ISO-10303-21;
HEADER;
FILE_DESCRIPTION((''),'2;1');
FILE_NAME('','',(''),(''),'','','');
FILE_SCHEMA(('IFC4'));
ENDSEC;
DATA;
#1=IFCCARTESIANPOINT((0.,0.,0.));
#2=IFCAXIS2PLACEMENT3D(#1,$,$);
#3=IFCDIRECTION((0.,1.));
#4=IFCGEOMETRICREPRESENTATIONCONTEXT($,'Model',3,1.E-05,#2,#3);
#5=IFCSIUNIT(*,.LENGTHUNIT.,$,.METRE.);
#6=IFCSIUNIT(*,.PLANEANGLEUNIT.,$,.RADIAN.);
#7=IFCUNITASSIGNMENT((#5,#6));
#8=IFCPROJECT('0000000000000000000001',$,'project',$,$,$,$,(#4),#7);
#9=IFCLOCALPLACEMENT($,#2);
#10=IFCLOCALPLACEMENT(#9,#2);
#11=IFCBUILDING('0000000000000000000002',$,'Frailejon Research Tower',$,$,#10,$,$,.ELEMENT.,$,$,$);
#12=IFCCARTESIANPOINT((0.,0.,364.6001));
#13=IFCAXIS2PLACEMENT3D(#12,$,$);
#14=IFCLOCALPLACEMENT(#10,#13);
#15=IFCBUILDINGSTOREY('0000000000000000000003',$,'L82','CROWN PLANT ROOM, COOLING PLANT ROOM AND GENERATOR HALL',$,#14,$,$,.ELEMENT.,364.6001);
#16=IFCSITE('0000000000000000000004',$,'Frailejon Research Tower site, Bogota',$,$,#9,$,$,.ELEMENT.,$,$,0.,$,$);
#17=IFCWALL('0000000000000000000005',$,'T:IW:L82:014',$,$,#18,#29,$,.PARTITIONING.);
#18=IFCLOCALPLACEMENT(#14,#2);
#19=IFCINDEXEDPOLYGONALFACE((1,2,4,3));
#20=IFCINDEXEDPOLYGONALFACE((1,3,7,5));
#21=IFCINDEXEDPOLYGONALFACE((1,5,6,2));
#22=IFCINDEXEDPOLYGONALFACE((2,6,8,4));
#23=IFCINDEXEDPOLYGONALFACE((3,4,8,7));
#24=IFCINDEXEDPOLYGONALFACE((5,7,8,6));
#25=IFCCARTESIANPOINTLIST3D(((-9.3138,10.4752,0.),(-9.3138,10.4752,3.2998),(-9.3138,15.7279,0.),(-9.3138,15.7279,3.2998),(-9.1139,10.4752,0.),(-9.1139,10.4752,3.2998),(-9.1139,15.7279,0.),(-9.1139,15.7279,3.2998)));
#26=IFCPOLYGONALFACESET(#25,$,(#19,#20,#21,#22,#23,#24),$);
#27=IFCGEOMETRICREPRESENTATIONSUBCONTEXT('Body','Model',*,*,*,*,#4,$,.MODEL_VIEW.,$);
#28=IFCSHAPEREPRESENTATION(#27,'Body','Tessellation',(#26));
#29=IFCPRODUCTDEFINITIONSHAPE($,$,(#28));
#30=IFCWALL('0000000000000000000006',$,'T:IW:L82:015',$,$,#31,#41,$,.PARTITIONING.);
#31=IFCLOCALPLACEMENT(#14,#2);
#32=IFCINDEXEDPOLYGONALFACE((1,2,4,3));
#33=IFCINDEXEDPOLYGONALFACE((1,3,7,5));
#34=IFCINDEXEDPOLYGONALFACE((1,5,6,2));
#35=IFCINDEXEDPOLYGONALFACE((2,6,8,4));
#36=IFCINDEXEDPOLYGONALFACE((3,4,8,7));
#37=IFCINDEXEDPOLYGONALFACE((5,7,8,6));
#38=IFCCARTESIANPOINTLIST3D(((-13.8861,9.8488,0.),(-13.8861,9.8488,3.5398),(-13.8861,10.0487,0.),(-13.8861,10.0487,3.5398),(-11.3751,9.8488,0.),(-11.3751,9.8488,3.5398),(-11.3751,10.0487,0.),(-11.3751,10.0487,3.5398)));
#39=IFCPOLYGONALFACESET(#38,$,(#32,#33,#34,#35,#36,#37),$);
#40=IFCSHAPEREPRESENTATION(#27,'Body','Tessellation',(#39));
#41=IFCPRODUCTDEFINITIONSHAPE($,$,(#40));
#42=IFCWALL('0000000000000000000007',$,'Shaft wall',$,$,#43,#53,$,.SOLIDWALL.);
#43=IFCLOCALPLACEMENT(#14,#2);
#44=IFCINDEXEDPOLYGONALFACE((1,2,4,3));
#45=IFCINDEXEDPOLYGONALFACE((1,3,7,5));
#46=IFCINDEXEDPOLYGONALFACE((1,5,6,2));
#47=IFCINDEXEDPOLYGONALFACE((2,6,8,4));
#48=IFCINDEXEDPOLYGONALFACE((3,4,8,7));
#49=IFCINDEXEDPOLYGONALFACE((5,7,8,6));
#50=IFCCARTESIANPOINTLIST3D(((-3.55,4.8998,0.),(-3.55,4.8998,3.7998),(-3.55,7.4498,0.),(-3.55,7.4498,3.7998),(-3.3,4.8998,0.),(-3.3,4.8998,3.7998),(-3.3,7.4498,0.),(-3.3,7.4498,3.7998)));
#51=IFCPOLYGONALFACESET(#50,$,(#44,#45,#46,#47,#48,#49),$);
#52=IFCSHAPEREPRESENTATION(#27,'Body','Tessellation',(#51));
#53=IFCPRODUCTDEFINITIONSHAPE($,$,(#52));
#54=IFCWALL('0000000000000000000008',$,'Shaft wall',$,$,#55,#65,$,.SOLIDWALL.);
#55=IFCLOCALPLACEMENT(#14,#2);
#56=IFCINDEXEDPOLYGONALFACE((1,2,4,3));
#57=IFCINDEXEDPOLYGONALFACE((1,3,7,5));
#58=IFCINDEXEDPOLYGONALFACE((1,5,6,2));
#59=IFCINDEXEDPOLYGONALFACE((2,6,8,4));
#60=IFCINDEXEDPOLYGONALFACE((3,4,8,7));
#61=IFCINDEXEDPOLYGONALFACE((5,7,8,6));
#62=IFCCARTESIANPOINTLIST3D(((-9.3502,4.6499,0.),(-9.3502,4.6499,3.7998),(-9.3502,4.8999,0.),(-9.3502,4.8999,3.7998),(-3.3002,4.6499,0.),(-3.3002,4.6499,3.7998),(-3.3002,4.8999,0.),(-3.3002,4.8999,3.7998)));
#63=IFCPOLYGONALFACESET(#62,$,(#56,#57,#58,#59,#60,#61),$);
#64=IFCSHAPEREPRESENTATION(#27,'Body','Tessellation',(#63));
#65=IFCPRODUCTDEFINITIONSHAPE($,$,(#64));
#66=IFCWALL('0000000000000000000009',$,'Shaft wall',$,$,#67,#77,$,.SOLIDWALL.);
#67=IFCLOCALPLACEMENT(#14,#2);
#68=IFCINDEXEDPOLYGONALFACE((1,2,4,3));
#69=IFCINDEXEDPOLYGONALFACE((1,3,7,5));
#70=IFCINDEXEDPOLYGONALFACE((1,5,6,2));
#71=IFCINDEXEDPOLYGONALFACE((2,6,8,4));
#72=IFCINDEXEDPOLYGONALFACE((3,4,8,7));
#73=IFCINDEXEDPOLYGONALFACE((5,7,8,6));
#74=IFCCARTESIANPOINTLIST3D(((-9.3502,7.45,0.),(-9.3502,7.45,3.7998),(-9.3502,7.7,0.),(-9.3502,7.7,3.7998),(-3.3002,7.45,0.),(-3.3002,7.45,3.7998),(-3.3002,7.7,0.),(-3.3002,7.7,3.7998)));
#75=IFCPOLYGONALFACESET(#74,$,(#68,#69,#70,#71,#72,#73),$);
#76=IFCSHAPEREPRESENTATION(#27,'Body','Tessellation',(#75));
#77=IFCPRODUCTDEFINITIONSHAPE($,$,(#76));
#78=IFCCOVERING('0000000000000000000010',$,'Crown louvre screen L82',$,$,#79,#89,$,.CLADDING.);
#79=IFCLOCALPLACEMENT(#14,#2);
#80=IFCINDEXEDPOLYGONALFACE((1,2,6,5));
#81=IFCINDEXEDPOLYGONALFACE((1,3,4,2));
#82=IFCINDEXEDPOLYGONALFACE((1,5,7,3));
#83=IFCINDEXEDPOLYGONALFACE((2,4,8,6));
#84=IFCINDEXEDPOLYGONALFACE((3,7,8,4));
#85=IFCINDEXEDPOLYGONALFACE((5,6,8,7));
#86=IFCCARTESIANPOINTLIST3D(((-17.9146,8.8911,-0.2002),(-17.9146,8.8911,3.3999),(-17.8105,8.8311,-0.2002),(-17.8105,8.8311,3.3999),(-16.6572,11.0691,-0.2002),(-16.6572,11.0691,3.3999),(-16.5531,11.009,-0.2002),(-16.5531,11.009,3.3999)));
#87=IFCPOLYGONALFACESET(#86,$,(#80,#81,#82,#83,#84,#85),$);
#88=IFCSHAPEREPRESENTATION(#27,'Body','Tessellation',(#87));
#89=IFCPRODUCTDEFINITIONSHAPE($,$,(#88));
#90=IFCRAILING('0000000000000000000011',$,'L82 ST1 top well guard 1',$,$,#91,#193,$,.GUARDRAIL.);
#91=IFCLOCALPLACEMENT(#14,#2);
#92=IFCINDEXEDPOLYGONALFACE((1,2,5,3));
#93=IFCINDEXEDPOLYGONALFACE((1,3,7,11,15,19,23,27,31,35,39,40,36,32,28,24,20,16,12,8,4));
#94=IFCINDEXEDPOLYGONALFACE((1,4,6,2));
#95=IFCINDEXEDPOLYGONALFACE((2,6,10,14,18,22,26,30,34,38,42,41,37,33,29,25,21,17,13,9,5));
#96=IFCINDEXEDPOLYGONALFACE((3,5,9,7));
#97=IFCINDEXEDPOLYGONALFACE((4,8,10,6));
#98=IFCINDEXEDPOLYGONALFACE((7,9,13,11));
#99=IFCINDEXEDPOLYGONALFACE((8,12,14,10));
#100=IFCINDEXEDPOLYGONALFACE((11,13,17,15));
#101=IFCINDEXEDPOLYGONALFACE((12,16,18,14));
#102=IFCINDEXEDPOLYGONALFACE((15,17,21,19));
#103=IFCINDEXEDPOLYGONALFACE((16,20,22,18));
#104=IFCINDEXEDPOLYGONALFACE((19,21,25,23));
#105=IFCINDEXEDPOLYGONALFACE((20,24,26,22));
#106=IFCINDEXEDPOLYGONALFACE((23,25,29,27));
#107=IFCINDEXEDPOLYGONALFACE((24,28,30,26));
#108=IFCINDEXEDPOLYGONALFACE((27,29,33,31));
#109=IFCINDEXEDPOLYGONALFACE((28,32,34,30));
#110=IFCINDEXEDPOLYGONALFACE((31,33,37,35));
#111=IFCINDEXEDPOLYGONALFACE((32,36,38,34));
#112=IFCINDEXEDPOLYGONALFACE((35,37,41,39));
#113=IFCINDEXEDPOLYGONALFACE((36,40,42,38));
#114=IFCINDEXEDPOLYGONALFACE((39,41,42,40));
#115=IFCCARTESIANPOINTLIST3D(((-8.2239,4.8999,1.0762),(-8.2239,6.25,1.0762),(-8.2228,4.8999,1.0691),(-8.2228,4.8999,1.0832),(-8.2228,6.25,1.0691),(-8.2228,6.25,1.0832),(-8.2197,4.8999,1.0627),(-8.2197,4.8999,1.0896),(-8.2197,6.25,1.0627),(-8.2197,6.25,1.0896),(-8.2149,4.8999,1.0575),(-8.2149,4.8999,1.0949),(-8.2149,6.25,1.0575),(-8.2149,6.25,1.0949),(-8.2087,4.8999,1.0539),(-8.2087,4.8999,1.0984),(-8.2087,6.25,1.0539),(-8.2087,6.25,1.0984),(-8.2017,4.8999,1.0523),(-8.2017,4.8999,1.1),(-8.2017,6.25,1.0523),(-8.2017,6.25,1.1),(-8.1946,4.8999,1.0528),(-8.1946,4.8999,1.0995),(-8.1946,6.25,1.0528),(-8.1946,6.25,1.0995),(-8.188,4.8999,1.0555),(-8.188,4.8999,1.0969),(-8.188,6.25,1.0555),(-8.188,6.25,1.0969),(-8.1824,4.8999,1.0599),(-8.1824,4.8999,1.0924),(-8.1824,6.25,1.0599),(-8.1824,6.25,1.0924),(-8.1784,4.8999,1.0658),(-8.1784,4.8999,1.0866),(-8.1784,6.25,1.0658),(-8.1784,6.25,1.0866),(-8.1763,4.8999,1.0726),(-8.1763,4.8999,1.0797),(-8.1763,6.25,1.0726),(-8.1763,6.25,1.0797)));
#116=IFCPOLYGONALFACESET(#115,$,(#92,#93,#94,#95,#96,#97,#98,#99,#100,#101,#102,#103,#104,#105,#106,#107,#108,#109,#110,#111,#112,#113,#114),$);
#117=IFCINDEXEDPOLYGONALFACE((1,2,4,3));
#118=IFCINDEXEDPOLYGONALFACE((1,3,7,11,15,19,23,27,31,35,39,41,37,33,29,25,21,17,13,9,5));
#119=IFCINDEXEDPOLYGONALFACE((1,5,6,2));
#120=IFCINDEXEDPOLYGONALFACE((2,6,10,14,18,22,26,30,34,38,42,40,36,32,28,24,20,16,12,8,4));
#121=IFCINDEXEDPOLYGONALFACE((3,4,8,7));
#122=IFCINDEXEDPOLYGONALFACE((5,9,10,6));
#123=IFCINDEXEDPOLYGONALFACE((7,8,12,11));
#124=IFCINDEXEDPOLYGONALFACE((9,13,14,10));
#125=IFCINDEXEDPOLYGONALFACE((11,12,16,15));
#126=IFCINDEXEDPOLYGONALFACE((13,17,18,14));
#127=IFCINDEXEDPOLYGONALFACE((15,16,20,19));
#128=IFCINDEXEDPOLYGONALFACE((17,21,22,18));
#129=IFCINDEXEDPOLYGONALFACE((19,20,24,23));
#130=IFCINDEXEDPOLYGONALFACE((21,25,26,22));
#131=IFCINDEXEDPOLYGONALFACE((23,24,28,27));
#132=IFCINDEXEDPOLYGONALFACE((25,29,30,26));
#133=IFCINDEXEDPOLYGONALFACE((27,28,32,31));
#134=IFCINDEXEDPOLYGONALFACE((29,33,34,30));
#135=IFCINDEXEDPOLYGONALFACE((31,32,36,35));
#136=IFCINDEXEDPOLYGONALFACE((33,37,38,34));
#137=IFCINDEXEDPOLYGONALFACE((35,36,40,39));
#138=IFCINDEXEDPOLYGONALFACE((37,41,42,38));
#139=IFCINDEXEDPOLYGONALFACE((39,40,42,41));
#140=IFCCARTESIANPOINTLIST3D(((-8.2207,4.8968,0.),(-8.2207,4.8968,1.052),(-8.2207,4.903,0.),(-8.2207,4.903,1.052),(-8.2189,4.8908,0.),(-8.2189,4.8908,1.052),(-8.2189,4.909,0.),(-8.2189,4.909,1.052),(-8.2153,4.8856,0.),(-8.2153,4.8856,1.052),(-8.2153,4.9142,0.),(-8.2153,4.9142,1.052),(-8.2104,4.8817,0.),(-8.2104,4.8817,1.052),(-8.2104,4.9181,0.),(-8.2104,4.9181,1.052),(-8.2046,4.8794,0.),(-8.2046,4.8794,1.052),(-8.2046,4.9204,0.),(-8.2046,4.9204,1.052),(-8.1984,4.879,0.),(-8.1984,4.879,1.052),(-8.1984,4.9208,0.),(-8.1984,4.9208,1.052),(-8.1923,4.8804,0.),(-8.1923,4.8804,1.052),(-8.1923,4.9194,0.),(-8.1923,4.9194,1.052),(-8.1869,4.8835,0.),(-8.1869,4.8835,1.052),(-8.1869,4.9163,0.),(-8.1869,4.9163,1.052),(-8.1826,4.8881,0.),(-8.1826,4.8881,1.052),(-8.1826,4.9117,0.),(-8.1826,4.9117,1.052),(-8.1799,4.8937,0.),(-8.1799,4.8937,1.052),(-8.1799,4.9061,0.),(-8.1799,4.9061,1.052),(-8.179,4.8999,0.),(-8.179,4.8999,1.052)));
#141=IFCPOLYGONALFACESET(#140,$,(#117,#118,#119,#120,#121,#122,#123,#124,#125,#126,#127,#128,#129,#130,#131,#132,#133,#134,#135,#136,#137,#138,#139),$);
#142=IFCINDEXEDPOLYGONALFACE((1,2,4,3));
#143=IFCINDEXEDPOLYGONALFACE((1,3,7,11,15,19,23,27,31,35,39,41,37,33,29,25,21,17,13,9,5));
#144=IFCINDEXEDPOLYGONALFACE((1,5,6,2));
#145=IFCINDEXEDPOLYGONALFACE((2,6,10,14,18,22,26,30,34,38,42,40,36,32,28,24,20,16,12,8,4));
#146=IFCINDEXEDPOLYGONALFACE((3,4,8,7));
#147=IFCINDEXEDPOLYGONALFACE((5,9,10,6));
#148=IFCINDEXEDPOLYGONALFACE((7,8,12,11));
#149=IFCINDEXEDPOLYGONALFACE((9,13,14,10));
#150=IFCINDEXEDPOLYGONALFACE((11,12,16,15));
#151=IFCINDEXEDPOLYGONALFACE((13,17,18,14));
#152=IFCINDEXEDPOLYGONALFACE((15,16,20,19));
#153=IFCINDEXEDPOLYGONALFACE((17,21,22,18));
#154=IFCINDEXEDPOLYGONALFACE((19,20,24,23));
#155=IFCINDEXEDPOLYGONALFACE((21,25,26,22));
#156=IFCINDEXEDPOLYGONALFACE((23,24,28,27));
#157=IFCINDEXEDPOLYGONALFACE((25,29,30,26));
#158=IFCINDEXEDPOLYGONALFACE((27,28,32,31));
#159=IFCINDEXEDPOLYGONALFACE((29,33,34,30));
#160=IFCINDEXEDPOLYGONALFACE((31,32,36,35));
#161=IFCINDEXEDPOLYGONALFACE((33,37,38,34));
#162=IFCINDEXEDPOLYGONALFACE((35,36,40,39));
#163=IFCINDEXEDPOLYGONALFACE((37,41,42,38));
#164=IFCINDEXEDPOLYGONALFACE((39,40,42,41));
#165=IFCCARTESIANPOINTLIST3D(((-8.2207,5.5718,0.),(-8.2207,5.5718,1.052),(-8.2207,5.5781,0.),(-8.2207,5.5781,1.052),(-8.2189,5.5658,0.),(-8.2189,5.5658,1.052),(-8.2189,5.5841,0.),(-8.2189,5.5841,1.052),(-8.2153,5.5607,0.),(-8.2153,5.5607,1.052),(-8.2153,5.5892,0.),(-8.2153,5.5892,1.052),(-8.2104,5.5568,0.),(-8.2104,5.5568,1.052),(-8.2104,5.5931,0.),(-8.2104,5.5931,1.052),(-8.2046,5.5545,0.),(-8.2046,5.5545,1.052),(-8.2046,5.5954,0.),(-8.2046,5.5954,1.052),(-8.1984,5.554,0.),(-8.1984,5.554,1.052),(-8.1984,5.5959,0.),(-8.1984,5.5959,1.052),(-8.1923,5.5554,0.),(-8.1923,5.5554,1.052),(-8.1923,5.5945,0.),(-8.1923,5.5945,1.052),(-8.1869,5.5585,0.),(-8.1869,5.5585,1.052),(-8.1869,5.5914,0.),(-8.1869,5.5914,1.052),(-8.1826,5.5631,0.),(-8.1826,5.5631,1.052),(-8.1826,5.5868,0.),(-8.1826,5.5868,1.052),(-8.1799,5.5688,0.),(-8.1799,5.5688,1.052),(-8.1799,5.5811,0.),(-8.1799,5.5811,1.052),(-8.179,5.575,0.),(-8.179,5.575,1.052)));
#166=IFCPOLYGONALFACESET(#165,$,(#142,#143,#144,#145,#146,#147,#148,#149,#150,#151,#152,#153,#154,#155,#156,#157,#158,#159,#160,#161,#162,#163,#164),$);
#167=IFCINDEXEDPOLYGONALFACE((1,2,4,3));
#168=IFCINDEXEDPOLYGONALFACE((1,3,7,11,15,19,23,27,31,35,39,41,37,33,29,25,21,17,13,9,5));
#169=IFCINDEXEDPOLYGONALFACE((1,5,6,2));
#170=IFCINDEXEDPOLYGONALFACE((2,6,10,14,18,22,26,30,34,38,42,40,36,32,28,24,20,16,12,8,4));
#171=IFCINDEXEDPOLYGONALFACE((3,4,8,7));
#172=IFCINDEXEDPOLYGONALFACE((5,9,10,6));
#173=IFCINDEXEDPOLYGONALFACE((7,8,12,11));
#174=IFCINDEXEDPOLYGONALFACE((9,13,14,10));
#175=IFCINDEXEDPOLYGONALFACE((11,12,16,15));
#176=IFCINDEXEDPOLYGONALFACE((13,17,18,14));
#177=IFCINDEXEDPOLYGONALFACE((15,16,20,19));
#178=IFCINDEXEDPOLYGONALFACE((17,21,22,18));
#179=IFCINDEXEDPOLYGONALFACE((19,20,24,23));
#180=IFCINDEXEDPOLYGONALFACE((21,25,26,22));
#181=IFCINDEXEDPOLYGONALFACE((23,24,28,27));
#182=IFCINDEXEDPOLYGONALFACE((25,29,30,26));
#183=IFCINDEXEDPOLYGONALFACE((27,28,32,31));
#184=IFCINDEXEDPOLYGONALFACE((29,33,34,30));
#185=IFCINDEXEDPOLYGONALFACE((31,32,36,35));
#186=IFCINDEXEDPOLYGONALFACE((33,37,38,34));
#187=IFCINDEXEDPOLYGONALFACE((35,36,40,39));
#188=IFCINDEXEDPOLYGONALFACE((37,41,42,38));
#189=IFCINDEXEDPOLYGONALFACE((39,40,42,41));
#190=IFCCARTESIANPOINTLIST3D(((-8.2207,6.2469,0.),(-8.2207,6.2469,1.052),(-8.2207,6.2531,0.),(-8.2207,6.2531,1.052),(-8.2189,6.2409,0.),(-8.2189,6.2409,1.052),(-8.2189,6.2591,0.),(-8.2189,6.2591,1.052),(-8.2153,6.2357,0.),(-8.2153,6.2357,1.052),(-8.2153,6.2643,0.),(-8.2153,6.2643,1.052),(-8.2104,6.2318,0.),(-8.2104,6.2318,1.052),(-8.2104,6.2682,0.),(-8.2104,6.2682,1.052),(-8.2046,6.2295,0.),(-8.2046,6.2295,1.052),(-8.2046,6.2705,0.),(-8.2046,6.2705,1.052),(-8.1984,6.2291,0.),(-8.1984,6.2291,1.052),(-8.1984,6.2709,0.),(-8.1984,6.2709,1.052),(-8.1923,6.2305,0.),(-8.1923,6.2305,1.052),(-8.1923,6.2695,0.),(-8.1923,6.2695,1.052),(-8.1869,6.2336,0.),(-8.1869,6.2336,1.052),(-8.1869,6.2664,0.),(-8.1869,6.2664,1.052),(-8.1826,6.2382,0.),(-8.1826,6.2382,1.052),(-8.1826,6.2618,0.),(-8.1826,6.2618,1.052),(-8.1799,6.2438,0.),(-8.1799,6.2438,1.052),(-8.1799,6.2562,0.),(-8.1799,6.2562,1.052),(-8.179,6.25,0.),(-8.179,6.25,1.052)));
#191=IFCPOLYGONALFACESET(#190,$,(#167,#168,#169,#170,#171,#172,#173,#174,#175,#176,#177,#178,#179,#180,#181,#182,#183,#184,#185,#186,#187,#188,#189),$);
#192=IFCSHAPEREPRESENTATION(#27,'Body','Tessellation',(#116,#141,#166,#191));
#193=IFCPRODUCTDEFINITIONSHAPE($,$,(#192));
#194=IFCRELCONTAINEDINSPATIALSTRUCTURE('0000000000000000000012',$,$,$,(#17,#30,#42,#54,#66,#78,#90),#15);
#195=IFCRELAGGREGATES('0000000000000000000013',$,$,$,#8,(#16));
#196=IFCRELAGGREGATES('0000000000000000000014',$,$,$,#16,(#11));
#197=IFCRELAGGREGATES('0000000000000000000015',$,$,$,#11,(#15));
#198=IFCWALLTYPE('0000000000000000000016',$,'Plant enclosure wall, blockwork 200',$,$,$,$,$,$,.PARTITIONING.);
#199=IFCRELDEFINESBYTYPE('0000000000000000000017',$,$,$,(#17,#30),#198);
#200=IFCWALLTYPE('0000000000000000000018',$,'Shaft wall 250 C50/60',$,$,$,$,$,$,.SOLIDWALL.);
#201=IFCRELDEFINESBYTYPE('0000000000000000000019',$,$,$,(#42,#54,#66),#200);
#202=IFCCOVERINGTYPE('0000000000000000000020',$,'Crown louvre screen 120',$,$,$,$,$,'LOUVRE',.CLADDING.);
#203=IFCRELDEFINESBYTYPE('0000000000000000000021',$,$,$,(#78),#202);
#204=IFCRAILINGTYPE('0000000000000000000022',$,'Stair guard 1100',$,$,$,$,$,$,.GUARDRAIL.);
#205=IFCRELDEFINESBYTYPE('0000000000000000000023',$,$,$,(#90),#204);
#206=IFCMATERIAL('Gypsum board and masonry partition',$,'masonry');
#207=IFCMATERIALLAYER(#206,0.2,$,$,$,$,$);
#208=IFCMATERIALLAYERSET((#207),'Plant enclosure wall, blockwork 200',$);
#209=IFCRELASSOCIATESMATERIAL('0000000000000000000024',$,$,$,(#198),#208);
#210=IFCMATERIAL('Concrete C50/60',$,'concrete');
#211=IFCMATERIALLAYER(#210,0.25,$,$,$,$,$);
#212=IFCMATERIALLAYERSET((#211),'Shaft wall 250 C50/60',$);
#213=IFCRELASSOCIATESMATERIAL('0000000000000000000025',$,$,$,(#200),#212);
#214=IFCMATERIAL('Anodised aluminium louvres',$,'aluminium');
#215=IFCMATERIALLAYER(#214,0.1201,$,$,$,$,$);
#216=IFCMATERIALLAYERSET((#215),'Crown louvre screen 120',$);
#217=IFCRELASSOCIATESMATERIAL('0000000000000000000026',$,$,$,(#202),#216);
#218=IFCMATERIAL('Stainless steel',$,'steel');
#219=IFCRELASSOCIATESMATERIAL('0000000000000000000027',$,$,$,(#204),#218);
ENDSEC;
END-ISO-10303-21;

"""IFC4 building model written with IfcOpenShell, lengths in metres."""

from ifc_helpers import new_model, si_unit, direction, frame, frame_2d, origin, origin_2d, place, context, subcontext, project, spatial, polyline, rectangle, circle, outline, extrude, material, layer, layer_set, type_object, element, save


model = new_model("IFC4")

# Units and contexts
model_context = context("Model", 3, precision=1e-05, world=origin(), true_north=direction((0.0, 1.0)))
body_context = subcontext(model_context, "Body", "Model", "MODEL_VIEW")
ifc_project = project(units=[si_unit("LENGTHUNIT", "METRE"), si_unit("PLANEANGLEUNIT", "RADIAN")], contexts=[model_context])

# Site, building, storey
site_placement = place(None, origin())
site = spatial("IfcSite", under=ifc_project, at=site_placement, Name="Frailejon Research Tower site, Bogota", CompositionType="ELEMENT", RefElevation=0.0)
building_placement = place(site_placement, origin())
building = spatial("IfcBuilding", under=site, at=building_placement, Name="Frailejon Research Tower", CompositionType="ELEMENT")
storey_placement = place(building_placement, frame((0.0, 0.0, 364.6001)))
storey = spatial("IfcBuildingStorey", under=building, at=storey_placement, Name="L82", Description="CROWN PLANT ROOM, COOLING PLANT ROOM AND GENERATOR HALL", CompositionType="ELEMENT", Elevation=364.6001)

# Shared definitions
ifc_material_1 = material(Name="Gypsum board and masonry partition", Category="masonry")
ifc_layer_1 = layer(ifc_material_1, 0.2)
ifc_layer_set_1 = layer_set([ifc_layer_1], Name="Plant enclosure wall, blockwork 200")
wall_type_1 = type_object("IfcWallType", Name="Plant enclosure wall, blockwork 200", PredefinedType="PARTITIONING", material=ifc_layer_set_1)

# Walls
wall_1_placement = place(storey_placement, frame((-9.2139, 10.4751, 0.0), z_axis=(0.0, 0.0, 1.0), x_axis=(0.0, 1.0, 0.0)))
element("IfcWall", 1, at=wall_1_placement, inside=storey, type_object=wall_type_1, Name="T:IW:L82:014", PredefinedType="PARTITIONING", context=body_context, shape_type="SweptSolid", body=[
    extrude(rectangle(XDim=5.2527, YDim=0.2, at=frame_2d((2.6265, 0.0))), origin(), (0.0, 0.0, 1.0), 3.2998),
])
wall_2_placement = place(storey_placement, frame((-13.886, 9.9487, 0.0), z_axis=(0.0, 0.0, 1.0), x_axis=(1.0, 0.0, 0.0)))
element("IfcWall", 2, at=wall_2_placement, inside=storey, type_object=wall_type_1, Name="T:IW:L82:015", PredefinedType="PARTITIONING", context=body_context, shape_type="SweptSolid", body=[
    extrude(rectangle(XDim=2.511, YDim=0.2, at=frame_2d((1.2554, 0.0))), origin(), (0.0, 0.0, 1.0), 3.5398),
])
ifc_material_2 = material(Name="Concrete C50/60", Category="concrete")
ifc_layer_2 = layer(ifc_material_2, 0.25)
ifc_layer_set_2 = layer_set([ifc_layer_2], Name="Shaft wall 250 C50/60")
wall_type_2 = type_object("IfcWallType", Name="Shaft wall 250 C50/60", PredefinedType="SOLIDWALL", material=ifc_layer_set_2)
wall_3_placement = place(storey_placement, frame((-3.425, 4.8999, 0.0), z_axis=(0.0, 0.0, 1.0), x_axis=(0.0, 1.0, 0.0)))
element("IfcWall", 3, at=wall_3_placement, inside=storey, type_object=wall_type_2, Name="Shaft wall", PredefinedType="SOLIDWALL", context=body_context, shape_type="SweptSolid", body=[
    extrude(rectangle(XDim=2.55, YDim=0.25, at=frame_2d((1.2749, 0.0))), origin(), (0.0, 0.0, 1.0), 3.7998),
])
for number, where, z_axis, x_axis, name in (
    (4, (-9.3501, 4.7749, 0.0), (0.0, 0.0, 1.0), (1.0, 0.0, 0.0), "Shaft wall"),
    (5, (-9.3501, 7.575, 0.0), (0.0, 0.0, 1.0), (1.0, 0.0, 0.0), "Shaft wall"),
):
    element("IfcWall", number, at=place(storey_placement, frame(where, z_axis=z_axis, x_axis=x_axis)), inside=storey, type_object=wall_type_2, Name=name, PredefinedType="SOLIDWALL", context=body_context, shape_type="SweptSolid", body=[
        extrude(rectangle(XDim=6.05, YDim=0.25, at=frame_2d((3.0249, 0.0))), origin(), (0.0, 0.0, 1.0), 3.7998),
    ])

# Covering
ifc_material_3 = material(Name="Anodised aluminium louvres", Category="aluminium")
ifc_layer_3 = layer(ifc_material_3, 0.1201)
ifc_layer_set_3 = layer_set([ifc_layer_3], Name="Crown louvre screen 120")
covering_type = type_object("IfcCoveringType", Name="Crown louvre screen 120", ElementType="LOUVRE", PredefinedType="CLADDING", material=ifc_layer_set_3)
covering_placement = place(storey_placement, frame((-17.8625, 8.8611, -0.2002), z_axis=(0.499979, 0.866037, 0.0), x_axis=(-0.866037, 0.499979, 0.0)))
element("IfcCovering", 6, at=covering_placement, inside=storey, type_object=covering_type, Name="Crown louvre screen L82", PredefinedType="CLADDING", context=body_context, shape_type="SweptSolid", body=[
    extrude(outline(polyline([(-0.0601, 0.0), (0.0601, 0.0), (0.0601, 3.6001), (-0.0601, 3.6001), (-0.0601, 0.0)])), origin(), (0.0, 0.0, 1.0), 2.5149),
])

# Railing
ifc_material_4 = material(Name="Stainless steel", Category="steel")
railing_type = type_object("IfcRailingType", Name="Stair guard 1100", PredefinedType="GUARDRAIL", material=ifc_material_4)
railing_placement = place(storey_placement, frame((-8.2, 4.8999, 0.0)))
element("IfcRailing", 7, at=railing_placement, inside=storey, type_object=railing_type, Name="L82 ST1 top well guard 1", PredefinedType="GUARDRAIL", context=body_context, shape_type="SweptSolid", body=[
    extrude(circle(Radius=0.0239, at=origin_2d()), frame((0.0, 0.0, 1.0762), z_axis=(0.0, 1.0, 0.0), x_axis=(-1.0, 0.0, 0.0)), (0.0, 0.0, 1.0), 1.3501),
    extrude(circle(Radius=0.021, at=origin_2d()), origin(), (0.0, 0.0, 1.0), 1.052),
    extrude(circle(Radius=0.021, at=origin_2d()), frame((0.0, 0.675, 0.0)), (0.0, 0.0, 1.0), 1.052),
    extrude(circle(Radius=0.021, at=origin_2d()), frame((0.0, 1.3501, 0.0)), (0.0, 0.0, 1.0), 1.052),
])

save(model, "model.ifc")
